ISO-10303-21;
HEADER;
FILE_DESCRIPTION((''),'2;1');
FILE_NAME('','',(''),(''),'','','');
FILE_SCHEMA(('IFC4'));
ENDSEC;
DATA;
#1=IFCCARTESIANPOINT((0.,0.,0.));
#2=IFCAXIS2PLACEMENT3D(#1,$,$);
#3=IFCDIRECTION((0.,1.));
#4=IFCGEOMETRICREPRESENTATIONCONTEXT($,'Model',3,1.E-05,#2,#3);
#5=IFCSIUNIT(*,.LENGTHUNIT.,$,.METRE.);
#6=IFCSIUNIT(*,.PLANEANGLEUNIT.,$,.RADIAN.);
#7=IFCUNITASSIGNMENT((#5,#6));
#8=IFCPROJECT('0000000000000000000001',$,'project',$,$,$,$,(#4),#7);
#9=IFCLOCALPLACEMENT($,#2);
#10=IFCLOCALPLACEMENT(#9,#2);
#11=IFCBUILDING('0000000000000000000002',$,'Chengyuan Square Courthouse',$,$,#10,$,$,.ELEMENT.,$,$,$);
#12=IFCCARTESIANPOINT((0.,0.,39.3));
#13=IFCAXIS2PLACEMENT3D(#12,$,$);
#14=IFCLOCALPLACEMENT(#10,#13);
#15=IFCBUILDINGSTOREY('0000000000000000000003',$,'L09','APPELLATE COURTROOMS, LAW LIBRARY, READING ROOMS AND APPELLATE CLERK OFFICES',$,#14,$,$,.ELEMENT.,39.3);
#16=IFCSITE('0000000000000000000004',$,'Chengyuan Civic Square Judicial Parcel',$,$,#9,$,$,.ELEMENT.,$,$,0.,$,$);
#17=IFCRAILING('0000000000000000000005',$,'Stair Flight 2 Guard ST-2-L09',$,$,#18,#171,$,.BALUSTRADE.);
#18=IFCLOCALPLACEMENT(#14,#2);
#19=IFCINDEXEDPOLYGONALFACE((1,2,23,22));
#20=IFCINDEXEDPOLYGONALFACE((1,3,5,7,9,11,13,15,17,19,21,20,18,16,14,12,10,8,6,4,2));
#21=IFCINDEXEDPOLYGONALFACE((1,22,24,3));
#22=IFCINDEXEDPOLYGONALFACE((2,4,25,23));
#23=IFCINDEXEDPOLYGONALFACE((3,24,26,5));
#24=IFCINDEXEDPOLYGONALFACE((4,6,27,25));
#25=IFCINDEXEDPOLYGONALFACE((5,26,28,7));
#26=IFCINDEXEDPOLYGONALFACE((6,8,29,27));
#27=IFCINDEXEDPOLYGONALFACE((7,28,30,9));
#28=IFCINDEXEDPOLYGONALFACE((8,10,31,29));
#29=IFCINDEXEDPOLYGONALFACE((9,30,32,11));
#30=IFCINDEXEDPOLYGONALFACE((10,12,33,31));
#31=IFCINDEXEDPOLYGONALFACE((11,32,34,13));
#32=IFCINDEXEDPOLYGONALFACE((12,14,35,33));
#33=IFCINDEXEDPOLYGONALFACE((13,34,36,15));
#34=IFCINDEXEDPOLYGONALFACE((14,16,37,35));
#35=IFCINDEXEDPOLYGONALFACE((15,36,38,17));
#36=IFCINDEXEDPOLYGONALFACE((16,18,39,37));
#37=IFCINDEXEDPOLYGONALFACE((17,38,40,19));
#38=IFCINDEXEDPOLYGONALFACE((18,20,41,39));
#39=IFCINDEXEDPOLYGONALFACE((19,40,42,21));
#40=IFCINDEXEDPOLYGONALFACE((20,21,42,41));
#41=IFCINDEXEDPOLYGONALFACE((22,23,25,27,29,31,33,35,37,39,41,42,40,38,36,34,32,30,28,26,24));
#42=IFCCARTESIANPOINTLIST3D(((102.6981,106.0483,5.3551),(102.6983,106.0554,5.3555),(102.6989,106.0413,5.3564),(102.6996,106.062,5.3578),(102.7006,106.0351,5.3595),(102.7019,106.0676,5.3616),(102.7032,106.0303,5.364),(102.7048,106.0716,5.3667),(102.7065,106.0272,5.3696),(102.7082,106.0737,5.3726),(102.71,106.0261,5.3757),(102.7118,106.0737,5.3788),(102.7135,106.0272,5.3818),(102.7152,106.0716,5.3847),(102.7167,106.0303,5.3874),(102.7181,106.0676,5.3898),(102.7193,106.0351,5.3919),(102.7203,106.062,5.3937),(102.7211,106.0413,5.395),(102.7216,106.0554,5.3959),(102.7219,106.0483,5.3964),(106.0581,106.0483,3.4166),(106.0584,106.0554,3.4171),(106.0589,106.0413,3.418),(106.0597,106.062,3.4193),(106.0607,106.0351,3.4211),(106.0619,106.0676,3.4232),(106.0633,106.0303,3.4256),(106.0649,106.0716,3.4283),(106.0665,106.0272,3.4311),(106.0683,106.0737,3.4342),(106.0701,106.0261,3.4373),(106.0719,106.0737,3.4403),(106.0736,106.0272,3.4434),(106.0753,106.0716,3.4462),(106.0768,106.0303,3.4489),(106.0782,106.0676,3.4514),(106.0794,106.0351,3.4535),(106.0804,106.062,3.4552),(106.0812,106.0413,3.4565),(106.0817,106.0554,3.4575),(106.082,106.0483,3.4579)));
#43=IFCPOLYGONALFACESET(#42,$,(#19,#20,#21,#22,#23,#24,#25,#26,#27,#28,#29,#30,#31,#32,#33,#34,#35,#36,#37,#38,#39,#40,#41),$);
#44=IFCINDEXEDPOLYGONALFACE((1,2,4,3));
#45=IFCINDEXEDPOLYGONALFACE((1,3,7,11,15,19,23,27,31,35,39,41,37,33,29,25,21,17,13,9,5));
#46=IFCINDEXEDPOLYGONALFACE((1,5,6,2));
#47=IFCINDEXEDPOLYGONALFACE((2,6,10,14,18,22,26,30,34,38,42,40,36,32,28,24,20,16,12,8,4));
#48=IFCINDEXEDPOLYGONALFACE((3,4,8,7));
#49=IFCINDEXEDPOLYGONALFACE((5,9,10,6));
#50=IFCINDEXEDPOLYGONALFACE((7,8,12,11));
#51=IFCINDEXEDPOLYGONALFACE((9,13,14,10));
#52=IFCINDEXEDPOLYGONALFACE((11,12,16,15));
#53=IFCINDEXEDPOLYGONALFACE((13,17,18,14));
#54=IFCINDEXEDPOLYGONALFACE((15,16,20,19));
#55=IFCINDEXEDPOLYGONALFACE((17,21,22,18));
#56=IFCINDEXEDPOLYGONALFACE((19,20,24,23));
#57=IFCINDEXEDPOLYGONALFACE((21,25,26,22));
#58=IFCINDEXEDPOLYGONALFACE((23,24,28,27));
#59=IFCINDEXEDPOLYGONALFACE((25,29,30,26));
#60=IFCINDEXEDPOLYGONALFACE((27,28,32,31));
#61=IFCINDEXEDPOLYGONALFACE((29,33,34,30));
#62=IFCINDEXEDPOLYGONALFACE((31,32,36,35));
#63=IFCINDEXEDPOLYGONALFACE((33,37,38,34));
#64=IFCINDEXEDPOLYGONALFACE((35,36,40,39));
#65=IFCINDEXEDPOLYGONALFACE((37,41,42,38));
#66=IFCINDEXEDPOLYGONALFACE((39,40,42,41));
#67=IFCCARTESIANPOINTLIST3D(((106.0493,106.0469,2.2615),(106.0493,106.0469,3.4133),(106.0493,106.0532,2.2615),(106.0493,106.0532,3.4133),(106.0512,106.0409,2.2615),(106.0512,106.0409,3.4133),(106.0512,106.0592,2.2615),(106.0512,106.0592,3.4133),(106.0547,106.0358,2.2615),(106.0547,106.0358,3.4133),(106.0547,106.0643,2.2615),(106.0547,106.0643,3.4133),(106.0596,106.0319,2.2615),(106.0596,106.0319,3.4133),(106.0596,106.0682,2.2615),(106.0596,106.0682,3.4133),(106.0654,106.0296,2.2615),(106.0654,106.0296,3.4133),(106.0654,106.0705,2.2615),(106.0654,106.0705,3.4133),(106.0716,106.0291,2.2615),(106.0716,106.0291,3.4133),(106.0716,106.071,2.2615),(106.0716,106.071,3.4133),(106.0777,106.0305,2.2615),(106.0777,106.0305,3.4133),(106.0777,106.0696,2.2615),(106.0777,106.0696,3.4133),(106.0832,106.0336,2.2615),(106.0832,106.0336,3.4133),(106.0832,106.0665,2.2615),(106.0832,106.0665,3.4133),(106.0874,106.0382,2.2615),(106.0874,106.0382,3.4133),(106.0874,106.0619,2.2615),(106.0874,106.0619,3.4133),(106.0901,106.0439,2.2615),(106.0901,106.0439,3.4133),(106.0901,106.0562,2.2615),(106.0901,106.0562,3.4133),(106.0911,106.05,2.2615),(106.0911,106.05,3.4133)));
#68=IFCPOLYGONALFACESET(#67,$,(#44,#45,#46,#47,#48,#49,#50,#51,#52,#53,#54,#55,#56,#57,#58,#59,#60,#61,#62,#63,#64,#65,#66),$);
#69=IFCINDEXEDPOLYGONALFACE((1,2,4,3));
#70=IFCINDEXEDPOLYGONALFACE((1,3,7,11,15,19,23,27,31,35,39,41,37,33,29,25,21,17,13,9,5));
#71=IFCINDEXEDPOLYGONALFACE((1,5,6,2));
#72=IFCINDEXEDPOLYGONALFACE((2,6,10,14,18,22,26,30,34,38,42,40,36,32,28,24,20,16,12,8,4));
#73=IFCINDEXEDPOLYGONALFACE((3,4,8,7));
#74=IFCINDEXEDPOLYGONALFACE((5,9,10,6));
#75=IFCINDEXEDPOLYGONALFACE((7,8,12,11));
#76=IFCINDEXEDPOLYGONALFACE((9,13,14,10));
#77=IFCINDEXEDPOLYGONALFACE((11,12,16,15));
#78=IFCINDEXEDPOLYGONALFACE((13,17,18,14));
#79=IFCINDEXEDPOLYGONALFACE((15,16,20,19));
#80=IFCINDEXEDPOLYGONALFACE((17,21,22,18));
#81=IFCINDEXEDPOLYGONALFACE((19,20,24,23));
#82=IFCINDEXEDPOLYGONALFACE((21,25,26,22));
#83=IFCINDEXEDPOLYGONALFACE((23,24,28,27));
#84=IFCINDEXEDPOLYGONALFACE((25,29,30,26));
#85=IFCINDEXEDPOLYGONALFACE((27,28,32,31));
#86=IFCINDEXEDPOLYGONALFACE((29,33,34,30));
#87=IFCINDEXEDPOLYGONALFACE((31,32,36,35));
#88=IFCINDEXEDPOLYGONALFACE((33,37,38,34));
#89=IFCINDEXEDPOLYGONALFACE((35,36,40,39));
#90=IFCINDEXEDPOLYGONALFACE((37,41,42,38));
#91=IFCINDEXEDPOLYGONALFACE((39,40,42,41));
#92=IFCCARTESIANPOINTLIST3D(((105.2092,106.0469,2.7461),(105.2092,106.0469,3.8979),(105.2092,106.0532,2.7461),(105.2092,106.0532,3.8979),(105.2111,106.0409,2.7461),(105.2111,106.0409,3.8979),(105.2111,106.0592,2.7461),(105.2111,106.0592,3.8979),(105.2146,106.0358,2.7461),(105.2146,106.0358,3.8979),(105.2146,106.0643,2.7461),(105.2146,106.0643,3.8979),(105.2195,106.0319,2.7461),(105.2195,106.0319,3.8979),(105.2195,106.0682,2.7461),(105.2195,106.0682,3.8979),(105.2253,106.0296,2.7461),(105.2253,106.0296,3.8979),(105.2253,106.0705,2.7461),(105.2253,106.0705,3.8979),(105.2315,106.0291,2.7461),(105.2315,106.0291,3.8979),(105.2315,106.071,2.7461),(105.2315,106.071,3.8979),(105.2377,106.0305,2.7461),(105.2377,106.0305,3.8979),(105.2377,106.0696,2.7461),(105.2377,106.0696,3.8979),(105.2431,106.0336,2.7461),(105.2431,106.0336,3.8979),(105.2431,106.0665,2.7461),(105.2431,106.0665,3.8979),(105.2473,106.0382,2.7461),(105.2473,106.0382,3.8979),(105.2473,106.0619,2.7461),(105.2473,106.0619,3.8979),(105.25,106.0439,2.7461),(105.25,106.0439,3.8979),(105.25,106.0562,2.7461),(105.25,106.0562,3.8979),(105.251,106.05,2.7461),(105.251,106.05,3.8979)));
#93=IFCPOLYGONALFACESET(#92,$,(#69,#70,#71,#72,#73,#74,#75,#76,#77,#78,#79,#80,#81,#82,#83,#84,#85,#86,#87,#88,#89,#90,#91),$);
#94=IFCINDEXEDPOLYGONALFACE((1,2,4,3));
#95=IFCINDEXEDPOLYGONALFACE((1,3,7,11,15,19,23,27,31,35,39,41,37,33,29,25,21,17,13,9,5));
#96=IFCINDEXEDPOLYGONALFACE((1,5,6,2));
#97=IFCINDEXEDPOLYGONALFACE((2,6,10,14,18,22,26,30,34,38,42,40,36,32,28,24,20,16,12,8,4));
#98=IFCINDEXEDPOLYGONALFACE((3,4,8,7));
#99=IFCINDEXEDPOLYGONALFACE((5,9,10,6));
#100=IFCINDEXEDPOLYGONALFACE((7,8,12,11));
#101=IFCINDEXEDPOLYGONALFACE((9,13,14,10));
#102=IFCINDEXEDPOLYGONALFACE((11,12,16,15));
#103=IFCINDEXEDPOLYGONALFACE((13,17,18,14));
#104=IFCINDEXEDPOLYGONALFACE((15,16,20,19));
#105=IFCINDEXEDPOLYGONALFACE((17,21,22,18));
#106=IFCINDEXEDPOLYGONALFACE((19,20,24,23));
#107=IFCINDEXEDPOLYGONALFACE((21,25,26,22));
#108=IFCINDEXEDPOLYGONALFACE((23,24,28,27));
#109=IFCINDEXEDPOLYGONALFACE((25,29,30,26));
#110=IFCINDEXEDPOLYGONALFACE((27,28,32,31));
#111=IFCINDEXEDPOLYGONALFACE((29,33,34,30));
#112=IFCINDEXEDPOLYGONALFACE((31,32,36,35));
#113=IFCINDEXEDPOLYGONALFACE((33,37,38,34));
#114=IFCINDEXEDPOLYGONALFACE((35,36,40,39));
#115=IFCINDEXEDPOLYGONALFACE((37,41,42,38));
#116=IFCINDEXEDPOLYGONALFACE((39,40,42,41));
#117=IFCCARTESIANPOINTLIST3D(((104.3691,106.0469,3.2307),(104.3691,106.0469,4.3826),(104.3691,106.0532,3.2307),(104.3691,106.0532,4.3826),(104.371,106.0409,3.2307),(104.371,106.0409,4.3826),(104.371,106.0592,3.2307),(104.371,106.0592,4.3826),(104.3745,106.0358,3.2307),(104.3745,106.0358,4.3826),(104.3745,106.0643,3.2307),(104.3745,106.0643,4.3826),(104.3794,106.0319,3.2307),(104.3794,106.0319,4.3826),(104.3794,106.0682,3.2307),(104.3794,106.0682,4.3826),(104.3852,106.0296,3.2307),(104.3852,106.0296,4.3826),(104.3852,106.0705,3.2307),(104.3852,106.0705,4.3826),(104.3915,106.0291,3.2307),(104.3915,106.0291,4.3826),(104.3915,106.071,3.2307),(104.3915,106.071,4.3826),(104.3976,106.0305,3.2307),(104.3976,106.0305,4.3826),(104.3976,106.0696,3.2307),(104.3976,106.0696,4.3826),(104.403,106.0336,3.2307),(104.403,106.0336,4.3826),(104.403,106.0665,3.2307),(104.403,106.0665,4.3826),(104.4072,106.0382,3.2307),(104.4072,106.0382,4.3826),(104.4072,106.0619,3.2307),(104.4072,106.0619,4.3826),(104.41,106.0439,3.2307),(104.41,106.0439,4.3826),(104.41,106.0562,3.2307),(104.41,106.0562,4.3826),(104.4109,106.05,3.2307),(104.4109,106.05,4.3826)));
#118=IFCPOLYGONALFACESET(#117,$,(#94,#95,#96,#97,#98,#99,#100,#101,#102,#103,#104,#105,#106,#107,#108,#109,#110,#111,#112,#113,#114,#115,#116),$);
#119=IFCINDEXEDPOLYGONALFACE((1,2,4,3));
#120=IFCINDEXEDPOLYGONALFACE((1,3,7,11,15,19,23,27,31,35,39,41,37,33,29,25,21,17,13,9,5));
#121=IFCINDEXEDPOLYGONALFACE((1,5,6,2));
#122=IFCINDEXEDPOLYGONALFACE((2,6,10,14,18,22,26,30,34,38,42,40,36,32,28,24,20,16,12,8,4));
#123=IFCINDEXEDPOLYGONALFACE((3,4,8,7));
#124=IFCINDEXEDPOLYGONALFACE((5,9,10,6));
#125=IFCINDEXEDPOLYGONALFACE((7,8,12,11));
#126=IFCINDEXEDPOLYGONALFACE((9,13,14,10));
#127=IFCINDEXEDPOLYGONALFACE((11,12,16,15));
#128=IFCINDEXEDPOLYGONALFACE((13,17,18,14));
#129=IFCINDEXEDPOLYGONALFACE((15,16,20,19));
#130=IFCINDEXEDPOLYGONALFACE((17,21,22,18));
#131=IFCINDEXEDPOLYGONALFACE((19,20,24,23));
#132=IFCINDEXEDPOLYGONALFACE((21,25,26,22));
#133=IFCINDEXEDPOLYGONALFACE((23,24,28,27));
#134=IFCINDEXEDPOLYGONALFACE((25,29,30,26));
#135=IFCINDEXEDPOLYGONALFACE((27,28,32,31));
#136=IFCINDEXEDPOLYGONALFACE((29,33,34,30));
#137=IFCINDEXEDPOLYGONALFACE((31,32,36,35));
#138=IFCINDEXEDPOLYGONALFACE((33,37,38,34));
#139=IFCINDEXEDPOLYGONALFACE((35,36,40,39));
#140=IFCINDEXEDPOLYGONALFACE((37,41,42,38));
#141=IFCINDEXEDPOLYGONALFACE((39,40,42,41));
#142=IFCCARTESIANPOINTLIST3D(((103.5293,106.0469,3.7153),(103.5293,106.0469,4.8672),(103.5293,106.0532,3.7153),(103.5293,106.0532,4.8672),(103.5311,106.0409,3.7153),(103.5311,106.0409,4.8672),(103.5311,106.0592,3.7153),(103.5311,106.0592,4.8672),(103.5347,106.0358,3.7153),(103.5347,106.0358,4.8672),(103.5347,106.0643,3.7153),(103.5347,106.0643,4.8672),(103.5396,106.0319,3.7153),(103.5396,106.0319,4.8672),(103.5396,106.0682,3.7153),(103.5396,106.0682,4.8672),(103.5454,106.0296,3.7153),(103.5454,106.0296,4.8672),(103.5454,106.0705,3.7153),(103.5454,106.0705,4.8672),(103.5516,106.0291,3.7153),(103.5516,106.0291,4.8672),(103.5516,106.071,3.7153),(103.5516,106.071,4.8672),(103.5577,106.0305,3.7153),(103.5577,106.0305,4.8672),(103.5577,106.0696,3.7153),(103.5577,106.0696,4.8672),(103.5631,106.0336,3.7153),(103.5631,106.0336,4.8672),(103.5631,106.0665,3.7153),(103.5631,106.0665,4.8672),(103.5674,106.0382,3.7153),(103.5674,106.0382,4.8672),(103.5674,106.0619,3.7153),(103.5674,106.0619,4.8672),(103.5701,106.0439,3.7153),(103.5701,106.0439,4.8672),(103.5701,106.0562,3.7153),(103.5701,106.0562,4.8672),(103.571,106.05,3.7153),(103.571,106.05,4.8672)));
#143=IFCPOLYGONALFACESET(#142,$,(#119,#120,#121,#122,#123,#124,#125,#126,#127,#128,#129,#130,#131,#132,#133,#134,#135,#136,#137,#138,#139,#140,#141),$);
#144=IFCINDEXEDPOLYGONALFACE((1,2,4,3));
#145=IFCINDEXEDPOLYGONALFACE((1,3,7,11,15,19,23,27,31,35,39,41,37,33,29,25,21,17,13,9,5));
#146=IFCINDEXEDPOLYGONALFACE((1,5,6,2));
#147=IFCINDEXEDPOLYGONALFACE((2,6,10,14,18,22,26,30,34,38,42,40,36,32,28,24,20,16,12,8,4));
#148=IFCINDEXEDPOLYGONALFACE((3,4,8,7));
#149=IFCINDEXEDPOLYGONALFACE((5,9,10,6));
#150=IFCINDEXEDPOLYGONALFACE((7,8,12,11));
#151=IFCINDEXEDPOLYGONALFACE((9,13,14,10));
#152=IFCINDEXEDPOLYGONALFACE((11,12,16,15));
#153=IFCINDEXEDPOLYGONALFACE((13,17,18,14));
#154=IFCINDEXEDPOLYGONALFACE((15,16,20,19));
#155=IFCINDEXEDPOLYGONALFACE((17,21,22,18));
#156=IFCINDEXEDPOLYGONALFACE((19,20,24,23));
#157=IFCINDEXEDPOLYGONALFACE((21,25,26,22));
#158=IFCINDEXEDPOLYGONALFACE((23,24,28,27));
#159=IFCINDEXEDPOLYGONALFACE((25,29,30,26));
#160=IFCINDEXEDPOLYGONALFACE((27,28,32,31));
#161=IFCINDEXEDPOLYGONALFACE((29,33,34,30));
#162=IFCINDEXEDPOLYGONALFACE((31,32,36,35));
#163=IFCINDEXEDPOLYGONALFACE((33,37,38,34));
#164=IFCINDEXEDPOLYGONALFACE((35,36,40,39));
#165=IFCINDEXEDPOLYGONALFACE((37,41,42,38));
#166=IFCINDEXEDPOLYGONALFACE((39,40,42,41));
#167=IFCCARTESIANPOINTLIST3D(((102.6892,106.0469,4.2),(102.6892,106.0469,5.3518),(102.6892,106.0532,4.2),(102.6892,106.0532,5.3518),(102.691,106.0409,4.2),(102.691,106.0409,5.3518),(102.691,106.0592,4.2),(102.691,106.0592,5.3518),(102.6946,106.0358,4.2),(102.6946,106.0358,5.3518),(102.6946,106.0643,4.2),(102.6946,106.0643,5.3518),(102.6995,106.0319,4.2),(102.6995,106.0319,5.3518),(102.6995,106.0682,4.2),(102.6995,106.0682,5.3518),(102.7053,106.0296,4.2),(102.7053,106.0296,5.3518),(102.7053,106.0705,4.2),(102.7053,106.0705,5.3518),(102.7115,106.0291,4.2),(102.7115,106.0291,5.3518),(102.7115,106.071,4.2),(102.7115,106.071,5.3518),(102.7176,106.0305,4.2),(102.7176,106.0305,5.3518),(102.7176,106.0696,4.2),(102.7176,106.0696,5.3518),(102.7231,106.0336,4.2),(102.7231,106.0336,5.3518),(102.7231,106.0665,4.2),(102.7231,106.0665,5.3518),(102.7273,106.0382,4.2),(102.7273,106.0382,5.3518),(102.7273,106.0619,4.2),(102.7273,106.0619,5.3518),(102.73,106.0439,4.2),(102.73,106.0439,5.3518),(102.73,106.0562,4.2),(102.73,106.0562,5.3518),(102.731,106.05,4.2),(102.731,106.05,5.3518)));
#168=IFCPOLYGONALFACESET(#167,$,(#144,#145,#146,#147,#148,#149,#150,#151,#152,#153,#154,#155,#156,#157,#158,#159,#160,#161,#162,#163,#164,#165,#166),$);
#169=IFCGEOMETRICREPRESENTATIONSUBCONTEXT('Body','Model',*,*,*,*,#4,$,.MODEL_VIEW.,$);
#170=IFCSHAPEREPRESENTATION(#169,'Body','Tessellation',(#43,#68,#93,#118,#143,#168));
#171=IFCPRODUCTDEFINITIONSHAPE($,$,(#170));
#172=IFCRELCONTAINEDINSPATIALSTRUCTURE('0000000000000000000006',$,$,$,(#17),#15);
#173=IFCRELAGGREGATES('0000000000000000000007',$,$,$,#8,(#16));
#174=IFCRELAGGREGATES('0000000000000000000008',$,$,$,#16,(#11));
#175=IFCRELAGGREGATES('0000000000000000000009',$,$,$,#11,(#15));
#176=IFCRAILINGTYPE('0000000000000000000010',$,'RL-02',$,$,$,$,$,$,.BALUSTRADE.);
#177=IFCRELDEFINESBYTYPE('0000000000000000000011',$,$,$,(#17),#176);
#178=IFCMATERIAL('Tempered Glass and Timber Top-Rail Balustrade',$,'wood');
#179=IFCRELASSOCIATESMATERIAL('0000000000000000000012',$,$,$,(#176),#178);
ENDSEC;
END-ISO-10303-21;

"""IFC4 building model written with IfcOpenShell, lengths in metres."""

from ifc_helpers import new_model, si_unit, direction, frame, origin, origin_2d, place, context, subcontext, project, spatial, circle, extrude, material, type_object, element, save


model = new_model("IFC4")

# Units and contexts
model_context = context("Model", 3, precision=1e-05, world=origin(), true_north=direction((0.0, 1.0)))
body_context = subcontext(model_context, "Body", "Model", "MODEL_VIEW")
ifc_project = project(units=[si_unit("LENGTHUNIT", "METRE"), si_unit("PLANEANGLEUNIT", "RADIAN")], contexts=[model_context])

# Site, building, storey
site_placement = place(None, origin())
site = spatial("IfcSite", under=ifc_project, at=site_placement, Name="Chengyuan Civic Square Judicial Parcel", CompositionType="ELEMENT", RefElevation=0.0)
building_placement = place(site_placement, origin())
building = spatial("IfcBuilding", under=site, at=building_placement, Name="Chengyuan Square Courthouse", CompositionType="ELEMENT")
storey_placement = place(building_placement, frame((0.0, 0.0, 39.3)))
storey = spatial("IfcBuildingStorey", under=building, at=storey_placement, Name="L09", Description="APPELLATE COURTROOMS, LAW LIBRARY, READING ROOMS AND APPELLATE CLERK OFFICES", CompositionType="ELEMENT", Elevation=39.3)

# Railing
ifc_material_1 = material(Name="Tempered Glass and Timber Top-Rail Balustrade", Category="wood")
railing_type_1 = type_object("IfcRailingType", Name="RL-02", PredefinedType="BALUSTRADE", material=ifc_material_1)
railing_1_placement = place(storey_placement, frame((106.0701, 106.05, 2.2615)))
element("IfcRailing", 1, at=railing_1_placement, inside=storey, type_object=railing_type_1, Name="Stair Flight 2 Guard ST-2-L09", PredefinedType="BALUSTRADE", context=body_context, shape_type="SweptSolid", body=[
    extrude(circle(Radius=0.0239, at=origin_2d()), frame((0.0, 0.0, 1.1758), z_axis=(-0.866191, 0.0, 0.499713), x_axis=(0.0, -1.0, 0.0)), (0.0, 0.0, 1.0), 3.8792),
    extrude(circle(Radius=0.021, at=origin_2d()), origin(), (0.0, 0.0, 1.0), 1.1519),
    extrude(circle(Radius=0.021, at=origin_2d()), frame((-0.8401, 0.0, 0.4846)), (0.0, 0.0, 1.0), 1.1519),
    extrude(circle(Radius=0.021, at=origin_2d()), frame((-1.6802, 0.0, 0.9692)), (0.0, 0.0, 1.0), 1.1519),
    extrude(circle(Radius=0.021, at=origin_2d()), frame((-2.52, 0.0, 1.4539)), (0.0, 0.0, 1.0), 1.1519),
    extrude(circle(Radius=0.021, at=origin_2d()), frame((-3.3601, 0.0, 1.9385)), (0.0, 0.0, 1.0), 1.1519),
])

save(model, "model.ifc")
